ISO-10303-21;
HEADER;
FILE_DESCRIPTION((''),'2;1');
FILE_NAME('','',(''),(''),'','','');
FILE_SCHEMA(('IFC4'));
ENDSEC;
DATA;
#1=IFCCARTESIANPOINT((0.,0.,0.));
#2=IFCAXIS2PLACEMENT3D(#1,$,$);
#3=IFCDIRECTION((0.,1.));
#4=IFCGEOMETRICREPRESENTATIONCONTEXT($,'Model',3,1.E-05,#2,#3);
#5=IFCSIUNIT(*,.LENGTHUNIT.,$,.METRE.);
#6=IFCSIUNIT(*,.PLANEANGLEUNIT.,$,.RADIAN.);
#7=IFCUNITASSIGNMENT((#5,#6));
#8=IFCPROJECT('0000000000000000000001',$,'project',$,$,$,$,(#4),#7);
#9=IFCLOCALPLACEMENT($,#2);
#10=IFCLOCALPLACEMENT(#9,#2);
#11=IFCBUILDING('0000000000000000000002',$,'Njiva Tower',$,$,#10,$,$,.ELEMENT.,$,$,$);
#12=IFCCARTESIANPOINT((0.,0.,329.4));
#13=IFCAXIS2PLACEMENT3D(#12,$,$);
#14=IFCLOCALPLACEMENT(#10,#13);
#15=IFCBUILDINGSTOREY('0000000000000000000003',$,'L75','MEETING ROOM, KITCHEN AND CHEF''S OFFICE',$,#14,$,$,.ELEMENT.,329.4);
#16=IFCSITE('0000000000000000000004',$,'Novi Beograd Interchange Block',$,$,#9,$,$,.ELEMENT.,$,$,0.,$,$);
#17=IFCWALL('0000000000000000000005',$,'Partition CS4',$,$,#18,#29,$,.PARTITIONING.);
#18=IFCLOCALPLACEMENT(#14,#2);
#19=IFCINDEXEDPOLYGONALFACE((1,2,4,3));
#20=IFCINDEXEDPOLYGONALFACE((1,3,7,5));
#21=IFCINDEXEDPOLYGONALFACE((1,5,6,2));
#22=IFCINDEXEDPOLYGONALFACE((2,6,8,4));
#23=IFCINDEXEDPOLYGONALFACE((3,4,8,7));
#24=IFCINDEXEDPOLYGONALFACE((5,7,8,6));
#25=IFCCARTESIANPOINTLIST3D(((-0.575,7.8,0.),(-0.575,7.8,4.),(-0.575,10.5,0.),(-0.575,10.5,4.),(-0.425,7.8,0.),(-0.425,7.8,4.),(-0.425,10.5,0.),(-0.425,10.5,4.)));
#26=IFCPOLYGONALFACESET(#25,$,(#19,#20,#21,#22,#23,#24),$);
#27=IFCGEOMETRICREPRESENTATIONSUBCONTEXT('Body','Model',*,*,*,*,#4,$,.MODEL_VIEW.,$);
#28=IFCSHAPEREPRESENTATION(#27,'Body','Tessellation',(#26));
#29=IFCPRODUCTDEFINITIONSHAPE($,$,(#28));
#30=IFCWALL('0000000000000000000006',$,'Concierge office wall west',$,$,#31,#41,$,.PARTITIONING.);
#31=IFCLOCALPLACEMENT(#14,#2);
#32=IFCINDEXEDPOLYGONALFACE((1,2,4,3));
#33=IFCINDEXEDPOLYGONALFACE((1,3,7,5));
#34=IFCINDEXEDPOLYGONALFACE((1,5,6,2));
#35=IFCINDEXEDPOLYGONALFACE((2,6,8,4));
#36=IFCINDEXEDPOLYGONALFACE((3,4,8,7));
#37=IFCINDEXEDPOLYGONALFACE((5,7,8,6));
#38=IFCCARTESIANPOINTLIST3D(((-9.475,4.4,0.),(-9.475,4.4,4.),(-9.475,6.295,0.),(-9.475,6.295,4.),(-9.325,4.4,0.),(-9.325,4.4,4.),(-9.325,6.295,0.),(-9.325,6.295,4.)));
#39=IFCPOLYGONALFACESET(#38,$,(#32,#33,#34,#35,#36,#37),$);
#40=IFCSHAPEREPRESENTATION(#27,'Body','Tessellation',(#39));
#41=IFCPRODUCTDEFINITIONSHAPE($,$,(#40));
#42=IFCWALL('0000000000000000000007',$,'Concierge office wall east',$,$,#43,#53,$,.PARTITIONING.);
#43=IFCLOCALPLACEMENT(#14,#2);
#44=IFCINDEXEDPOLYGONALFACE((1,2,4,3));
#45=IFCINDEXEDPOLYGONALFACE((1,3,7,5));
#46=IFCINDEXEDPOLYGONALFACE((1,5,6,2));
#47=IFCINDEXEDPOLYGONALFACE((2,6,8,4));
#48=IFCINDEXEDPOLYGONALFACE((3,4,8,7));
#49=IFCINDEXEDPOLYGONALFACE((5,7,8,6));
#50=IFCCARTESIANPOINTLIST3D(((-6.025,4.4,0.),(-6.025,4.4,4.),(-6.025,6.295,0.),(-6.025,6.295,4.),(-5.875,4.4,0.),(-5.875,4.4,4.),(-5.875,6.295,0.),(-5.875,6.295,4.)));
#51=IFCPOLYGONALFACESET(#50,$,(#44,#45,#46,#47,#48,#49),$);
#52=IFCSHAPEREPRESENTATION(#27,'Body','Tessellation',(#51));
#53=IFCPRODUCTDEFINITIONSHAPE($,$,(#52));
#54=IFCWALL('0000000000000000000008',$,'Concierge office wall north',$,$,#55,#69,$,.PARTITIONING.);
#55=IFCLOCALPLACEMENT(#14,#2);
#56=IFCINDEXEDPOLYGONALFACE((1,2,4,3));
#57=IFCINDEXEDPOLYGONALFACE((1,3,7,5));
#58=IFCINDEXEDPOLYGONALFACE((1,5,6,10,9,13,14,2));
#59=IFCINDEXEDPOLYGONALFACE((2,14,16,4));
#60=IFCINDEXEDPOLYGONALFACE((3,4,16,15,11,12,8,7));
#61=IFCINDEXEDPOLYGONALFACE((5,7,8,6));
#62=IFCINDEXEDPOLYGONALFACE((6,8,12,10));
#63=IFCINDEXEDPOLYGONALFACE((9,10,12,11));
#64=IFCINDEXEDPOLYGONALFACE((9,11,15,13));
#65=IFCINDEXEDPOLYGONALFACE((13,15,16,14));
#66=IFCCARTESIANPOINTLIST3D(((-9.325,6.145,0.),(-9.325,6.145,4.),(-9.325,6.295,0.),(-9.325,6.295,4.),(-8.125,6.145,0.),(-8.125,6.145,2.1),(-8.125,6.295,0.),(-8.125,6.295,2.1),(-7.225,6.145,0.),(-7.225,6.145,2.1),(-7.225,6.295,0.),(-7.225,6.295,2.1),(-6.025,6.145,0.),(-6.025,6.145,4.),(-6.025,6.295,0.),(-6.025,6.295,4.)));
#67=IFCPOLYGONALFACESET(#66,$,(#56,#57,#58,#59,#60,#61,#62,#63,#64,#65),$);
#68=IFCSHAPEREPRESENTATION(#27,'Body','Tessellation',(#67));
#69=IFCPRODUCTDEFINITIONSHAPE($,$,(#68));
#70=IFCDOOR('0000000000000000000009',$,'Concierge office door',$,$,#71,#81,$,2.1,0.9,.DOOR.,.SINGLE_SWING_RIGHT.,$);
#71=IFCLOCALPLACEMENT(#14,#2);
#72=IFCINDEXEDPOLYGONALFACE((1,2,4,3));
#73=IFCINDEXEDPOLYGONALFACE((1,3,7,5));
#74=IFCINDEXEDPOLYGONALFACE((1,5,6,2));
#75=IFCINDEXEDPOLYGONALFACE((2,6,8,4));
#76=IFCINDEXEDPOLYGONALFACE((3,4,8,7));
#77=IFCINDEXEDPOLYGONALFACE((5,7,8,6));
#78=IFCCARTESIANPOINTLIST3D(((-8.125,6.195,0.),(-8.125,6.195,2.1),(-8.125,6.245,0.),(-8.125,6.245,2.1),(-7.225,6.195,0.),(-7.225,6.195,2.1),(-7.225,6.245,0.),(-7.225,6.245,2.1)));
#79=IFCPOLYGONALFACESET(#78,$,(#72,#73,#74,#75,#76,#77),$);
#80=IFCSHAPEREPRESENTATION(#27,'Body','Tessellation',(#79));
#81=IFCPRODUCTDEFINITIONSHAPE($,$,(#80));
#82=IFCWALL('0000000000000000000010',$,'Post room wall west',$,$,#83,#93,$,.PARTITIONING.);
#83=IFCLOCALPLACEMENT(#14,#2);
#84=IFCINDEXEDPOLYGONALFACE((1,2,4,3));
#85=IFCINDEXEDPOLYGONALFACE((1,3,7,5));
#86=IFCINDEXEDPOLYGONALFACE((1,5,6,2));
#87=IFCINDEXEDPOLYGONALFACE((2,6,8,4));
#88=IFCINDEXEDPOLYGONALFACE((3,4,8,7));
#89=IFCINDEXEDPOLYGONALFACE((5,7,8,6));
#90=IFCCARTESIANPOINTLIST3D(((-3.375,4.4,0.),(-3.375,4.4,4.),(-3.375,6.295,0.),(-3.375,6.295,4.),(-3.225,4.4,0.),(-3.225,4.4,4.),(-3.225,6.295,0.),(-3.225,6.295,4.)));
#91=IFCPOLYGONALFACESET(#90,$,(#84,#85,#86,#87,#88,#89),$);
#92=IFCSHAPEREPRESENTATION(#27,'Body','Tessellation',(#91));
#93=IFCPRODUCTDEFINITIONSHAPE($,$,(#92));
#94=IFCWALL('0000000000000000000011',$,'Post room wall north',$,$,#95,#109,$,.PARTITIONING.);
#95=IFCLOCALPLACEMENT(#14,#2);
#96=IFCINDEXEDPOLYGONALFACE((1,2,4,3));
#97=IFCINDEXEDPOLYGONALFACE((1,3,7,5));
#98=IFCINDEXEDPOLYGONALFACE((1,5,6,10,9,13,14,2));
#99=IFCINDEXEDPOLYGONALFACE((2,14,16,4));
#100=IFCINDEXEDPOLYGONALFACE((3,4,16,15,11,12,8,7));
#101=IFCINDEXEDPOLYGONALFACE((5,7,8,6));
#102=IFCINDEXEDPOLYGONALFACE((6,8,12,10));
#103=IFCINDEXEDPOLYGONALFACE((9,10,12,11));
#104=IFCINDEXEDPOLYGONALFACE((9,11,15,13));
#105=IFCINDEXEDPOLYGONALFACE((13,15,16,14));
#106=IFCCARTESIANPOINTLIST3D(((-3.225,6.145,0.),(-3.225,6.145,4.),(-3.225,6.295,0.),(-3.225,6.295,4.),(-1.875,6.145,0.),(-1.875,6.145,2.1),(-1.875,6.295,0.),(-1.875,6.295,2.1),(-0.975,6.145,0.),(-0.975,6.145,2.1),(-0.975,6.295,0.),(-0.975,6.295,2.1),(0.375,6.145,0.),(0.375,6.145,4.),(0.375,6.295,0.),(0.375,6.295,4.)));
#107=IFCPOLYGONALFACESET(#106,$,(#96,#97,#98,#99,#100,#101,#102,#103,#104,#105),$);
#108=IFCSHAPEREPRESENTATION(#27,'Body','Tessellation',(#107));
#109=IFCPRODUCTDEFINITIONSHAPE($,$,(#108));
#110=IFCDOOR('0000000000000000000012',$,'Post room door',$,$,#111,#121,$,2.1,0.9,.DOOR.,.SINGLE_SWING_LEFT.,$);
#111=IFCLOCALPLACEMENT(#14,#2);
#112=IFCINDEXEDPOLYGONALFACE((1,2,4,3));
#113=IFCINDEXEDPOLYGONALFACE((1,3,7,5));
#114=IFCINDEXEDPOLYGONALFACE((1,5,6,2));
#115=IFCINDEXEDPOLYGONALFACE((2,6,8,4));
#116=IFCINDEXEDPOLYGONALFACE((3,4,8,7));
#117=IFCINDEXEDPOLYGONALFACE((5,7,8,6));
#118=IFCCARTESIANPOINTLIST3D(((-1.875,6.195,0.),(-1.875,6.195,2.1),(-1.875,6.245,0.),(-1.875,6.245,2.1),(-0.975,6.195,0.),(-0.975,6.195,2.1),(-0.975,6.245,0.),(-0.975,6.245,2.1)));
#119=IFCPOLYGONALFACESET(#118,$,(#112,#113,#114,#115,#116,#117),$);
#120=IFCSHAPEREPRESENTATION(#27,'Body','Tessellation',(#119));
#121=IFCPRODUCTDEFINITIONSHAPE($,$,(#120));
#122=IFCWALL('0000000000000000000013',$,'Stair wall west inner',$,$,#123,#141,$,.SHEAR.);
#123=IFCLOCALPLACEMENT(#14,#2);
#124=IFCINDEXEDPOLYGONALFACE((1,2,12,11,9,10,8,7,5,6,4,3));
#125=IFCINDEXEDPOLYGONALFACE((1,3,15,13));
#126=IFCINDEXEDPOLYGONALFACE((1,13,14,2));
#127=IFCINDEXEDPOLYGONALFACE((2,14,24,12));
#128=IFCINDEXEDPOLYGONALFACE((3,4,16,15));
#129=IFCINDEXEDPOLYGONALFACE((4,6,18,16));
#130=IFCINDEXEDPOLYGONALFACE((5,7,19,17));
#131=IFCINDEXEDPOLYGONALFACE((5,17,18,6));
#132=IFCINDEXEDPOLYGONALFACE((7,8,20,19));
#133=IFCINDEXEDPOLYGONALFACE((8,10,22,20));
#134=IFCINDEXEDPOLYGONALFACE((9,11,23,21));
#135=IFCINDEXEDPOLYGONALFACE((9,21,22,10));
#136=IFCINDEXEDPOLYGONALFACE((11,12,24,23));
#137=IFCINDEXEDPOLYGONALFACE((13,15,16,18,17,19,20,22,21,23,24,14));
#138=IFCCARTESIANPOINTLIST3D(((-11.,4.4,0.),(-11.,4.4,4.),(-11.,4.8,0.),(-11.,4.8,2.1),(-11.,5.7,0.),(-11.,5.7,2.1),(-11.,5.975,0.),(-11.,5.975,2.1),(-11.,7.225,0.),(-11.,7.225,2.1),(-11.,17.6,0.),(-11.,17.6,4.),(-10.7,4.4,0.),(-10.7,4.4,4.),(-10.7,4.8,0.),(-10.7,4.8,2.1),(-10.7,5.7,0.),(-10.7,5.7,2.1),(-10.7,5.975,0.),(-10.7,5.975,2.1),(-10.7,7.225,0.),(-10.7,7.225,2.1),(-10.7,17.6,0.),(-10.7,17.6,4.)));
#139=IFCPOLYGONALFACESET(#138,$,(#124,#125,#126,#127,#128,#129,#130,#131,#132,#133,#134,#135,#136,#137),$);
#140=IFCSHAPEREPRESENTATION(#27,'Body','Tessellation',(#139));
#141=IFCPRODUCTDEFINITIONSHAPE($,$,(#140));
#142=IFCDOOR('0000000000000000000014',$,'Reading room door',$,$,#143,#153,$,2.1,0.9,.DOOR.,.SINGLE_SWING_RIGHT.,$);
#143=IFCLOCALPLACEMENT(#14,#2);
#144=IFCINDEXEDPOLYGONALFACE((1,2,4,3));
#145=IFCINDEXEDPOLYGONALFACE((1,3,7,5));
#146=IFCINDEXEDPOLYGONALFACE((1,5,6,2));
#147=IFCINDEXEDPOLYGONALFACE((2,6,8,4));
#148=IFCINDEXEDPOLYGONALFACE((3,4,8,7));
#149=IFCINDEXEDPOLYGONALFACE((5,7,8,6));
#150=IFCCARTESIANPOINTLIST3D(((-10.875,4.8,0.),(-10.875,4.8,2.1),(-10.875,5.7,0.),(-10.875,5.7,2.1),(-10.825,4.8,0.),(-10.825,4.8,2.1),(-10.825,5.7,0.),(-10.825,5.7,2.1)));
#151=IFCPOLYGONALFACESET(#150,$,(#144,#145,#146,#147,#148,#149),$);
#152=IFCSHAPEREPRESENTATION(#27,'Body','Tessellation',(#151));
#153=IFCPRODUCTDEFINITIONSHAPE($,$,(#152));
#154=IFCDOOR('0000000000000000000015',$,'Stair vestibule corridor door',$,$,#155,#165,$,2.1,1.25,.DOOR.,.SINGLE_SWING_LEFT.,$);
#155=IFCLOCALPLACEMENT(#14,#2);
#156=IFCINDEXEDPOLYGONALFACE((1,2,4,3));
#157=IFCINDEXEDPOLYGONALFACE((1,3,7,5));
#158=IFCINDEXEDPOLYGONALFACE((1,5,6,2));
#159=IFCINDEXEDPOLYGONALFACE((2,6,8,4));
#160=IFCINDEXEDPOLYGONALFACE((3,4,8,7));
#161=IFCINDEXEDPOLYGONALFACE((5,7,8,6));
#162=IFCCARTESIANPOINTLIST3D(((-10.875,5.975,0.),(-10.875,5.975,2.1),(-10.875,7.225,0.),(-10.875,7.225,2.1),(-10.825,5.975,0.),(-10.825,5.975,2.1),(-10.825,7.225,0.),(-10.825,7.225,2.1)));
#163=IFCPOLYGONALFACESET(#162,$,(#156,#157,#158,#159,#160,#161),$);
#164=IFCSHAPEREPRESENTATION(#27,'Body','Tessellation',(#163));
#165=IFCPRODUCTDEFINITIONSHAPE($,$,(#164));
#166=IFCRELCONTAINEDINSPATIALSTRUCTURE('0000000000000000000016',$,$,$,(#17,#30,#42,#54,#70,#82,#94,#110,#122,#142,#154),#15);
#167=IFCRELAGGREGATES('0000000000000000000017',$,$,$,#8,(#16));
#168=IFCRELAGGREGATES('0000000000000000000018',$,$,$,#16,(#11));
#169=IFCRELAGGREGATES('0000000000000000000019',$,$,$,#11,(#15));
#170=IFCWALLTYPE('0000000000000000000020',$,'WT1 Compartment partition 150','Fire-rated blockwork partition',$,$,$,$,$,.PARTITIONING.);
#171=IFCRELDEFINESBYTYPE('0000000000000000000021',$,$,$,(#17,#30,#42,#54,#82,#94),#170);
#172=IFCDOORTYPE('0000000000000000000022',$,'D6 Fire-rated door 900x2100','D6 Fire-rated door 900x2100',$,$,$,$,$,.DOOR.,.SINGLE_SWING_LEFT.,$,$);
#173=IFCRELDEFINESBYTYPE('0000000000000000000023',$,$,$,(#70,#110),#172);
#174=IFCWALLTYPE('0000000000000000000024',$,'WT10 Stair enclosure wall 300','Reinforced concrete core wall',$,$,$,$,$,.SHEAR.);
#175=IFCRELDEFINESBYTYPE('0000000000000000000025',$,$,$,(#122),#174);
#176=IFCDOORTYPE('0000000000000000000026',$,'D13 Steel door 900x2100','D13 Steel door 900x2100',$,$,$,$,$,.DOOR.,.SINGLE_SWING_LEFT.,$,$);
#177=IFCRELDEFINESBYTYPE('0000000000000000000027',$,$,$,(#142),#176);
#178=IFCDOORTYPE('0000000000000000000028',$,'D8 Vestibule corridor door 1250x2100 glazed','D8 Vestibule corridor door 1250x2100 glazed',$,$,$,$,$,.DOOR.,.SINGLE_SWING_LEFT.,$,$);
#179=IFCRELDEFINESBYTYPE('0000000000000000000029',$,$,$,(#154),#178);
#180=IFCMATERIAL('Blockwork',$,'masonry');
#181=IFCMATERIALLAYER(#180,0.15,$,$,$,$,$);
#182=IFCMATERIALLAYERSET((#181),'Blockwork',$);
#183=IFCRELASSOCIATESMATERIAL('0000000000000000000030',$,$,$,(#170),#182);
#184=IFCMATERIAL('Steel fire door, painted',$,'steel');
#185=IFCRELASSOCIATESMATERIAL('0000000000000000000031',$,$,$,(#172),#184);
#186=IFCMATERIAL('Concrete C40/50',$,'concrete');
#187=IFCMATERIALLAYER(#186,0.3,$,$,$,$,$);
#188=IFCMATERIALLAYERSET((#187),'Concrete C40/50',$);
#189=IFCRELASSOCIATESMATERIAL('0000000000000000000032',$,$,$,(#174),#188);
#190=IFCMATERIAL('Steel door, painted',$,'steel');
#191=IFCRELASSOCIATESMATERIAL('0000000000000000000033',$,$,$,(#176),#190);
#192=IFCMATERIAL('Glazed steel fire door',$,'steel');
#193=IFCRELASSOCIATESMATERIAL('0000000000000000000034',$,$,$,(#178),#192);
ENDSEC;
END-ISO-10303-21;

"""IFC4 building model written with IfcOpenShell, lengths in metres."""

from ifc_helpers import new_model, si_unit, direction, frame, frame_2d, origin, place, context, subcontext, project, spatial, rectangle, extrude, material, layer, layer_set, type_object, element, fill, save


model = new_model("IFC4")

# Units and contexts
model_context = context("Model", 3, precision=1e-05, world=origin(), true_north=direction((0.0, 1.0)))
body_context = subcontext(model_context, "Body", "Model", "MODEL_VIEW")
ifc_project = project(units=[si_unit("LENGTHUNIT", "METRE"), si_unit("PLANEANGLEUNIT", "RADIAN")], contexts=[model_context])

# Site, building, storey
site_placement = place(None, origin())
site = spatial("IfcSite", under=ifc_project, at=site_placement, Name="Novi Beograd Interchange Block", CompositionType="ELEMENT", RefElevation=0.0)
building_placement = place(site_placement, origin())
building = spatial("IfcBuilding", under=site, at=building_placement, Name="Njiva Tower", CompositionType="ELEMENT")
storey_placement = place(building_placement, frame((0.0, 0.0, 329.4)))
storey = spatial("IfcBuildingStorey", under=building, at=storey_placement, Name="L75", Description="MEETING ROOM, KITCHEN AND CHEF'S OFFICE", CompositionType="ELEMENT", Elevation=329.4)

# Walls
ifc_material_1 = material(Name="Blockwork", Category="masonry")
ifc_layer_1 = layer(ifc_material_1, 0.15)
ifc_layer_set_1 = layer_set([ifc_layer_1], Name="Blockwork")
wall_type_1 = type_object("IfcWallType", Name="WT1 Compartment partition 150", Description="Fire-rated blockwork partition", PredefinedType="PARTITIONING", material=ifc_layer_set_1)
wall_1_placement = place(storey_placement, frame((-0.5, 7.8, 0.0), z_axis=(0.0, 0.0, 1.0), x_axis=(0.0, 1.0, 0.0)))
element("IfcWall", 1, at=wall_1_placement, inside=storey, type_object=wall_type_1, Name="Partition CS4", PredefinedType="PARTITIONING", context=body_context, shape_type="SweptSolid", body=[
    extrude(rectangle(XDim=2.7, YDim=0.15, at=frame_2d((1.35, 0.0))), origin(), (0.0, 0.0, 1.0), 4.0),
])
for number, where, z_axis, x_axis, name in (
    (2, (-9.4, 4.4, 0.0), (0.0, 0.0, 1.0), (0.0, 1.0, 0.0), "Concierge office wall west"),
    (3, (-5.95, 4.4, 0.0), (0.0, 0.0, 1.0), (0.0, 1.0, 0.0), "Concierge office wall east"),
):
    element("IfcWall", number, at=place(storey_placement, frame(where, z_axis=z_axis, x_axis=x_axis)), inside=storey, type_object=wall_type_1, Name=name, PredefinedType="PARTITIONING", context=body_context, shape_type="SweptSolid", body=[
        extrude(rectangle(XDim=1.895, YDim=0.15, at=frame_2d((0.9475, 0.0))), origin(), (0.0, 0.0, 1.0), 4.0),
    ])

# Wall, opening, door
wall_2_placement = place(storey_placement, frame((-9.325, 6.22, 0.0), z_axis=(0.0, 0.0, 1.0), x_axis=(1.0, 0.0, 0.0)))
wall_2 = element("IfcWall", 4, at=wall_2_placement, inside=storey, type_object=wall_type_1, Name="Concierge office wall north", PredefinedType="PARTITIONING", context=body_context, shape_type="SweptSolid", body=[
    extrude(rectangle(XDim=3.3, YDim=0.15, at=frame_2d((1.65, 0.0))), origin(), (0.0, 0.0, 1.0), 4.0),
])
opening_1_placement = place(wall_2_placement, frame((1.2, 0.0, 0.0)))
opening_1 = element("IfcOpeningElement", 5, at=opening_1_placement, cuts=wall_2, PredefinedType="OPENING", context=body_context, shape_type="SweptSolid", body=[
    extrude(rectangle(XDim=0.9, YDim=2.1, at=frame_2d((0.45, 1.05))), frame((0.0, 0.085, 0.0), z_axis=(0.0, -1.0, 0.0), x_axis=(1.0, 0.0, 0.0)), (0.0, 0.0, 1.0), 0.17),
])
ifc_material_2 = material(Name="Steel fire door, painted", Category="steel")
door_type_1 = type_object("IfcDoorType", Name="D6 Fire-rated door 900x2100", Description="D6 Fire-rated door 900x2100", OperationType="SINGLE_SWING_LEFT", PredefinedType="DOOR", material=ifc_material_2)
door_1_placement = place(opening_1_placement, origin())
door_1 = element("IfcDoor", 6, at=door_1_placement, inside=storey, type_object=door_type_1, Name="Concierge office door", OperationType="SINGLE_SWING_RIGHT", OverallHeight=2.1, OverallWidth=0.9, PredefinedType="DOOR", context=body_context, shape_type="SweptSolid", body=[
    extrude(rectangle(XDim=0.9, YDim=2.1, at=frame_2d((0.45, 1.05))), frame((0.0, 0.025, 0.0), z_axis=(0.0, -1.0, 0.0), x_axis=(1.0, 0.0, 0.0)), (0.0, 0.0, 1.0), 0.05),
])
fill(opening_1, door_1)

# Wall
wall_3_placement = place(storey_placement, frame((-3.3, 4.4, 0.0), z_axis=(0.0, 0.0, 1.0), x_axis=(0.0, 1.0, 0.0)))
element("IfcWall", 7, at=wall_3_placement, inside=storey, type_object=wall_type_1, Name="Post room wall west", PredefinedType="PARTITIONING", context=body_context, shape_type="SweptSolid", body=[
    extrude(rectangle(XDim=1.895, YDim=0.15, at=frame_2d((0.9475, 0.0))), origin(), (0.0, 0.0, 1.0), 4.0),
])

# Wall, opening, door
wall_4_placement = place(storey_placement, frame((-3.225, 6.22, 0.0), z_axis=(0.0, 0.0, 1.0), x_axis=(1.0, 0.0, 0.0)))
wall_4 = element("IfcWall", 8, at=wall_4_placement, inside=storey, type_object=wall_type_1, Name="Post room wall north", PredefinedType="PARTITIONING", context=body_context, shape_type="SweptSolid", body=[
    extrude(rectangle(XDim=3.6, YDim=0.15, at=frame_2d((1.8, 0.0))), origin(), (0.0, 0.0, 1.0), 4.0),
])
opening_2_placement = place(wall_4_placement, frame((1.35, 0.0, 0.0)))
opening_2 = element("IfcOpeningElement", 9, at=opening_2_placement, cuts=wall_4, PredefinedType="OPENING", context=body_context, shape_type="SweptSolid", body=[
    extrude(rectangle(XDim=0.9, YDim=2.1, at=frame_2d((0.45, 1.05))), frame((0.0, 0.085, 0.0), z_axis=(0.0, -1.0, 0.0), x_axis=(1.0, 0.0, 0.0)), (0.0, 0.0, 1.0), 0.17),
])
door_2_placement = place(opening_2_placement, origin())
door_2 = element("IfcDoor", 10, at=door_2_placement, inside=storey, type_object=door_type_1, Name="Post room door", OperationType="SINGLE_SWING_LEFT", OverallHeight=2.1, OverallWidth=0.9, PredefinedType="DOOR", context=body_context, shape_type="SweptSolid", body=[
    extrude(rectangle(XDim=0.9, YDim=2.1, at=frame_2d((0.45, 1.05))), frame((0.0, 0.025, 0.0), z_axis=(0.0, -1.0, 0.0), x_axis=(1.0, 0.0, 0.0)), (0.0, 0.0, 1.0), 0.05),
])
fill(opening_2, door_2)

# Wall, openings, doors
ifc_material_3 = material(Name="Concrete C40/50", Category="concrete")
ifc_layer_2 = layer(ifc_material_3, 0.3)
ifc_layer_set_2 = layer_set([ifc_layer_2], Name="Concrete C40/50")
wall_type_2 = type_object("IfcWallType", Name="WT10 Stair enclosure wall 300", Description="Reinforced concrete core wall", PredefinedType="SHEAR", material=ifc_layer_set_2)
wall_5_placement = place(storey_placement, frame((-10.85, 4.4, 0.0), z_axis=(0.0, 0.0, 1.0), x_axis=(0.0, 1.0, 0.0)))
wall_5 = element("IfcWall", 11, at=wall_5_placement, inside=storey, type_object=wall_type_2, Name="Stair wall west inner", PredefinedType="SHEAR", context=body_context, shape_type="SweptSolid", body=[
    extrude(rectangle(XDim=13.2, YDim=0.3, at=frame_2d((6.6, 0.0))), origin(), (0.0, 0.0, 1.0), 4.0),
])
opening_3_placement = place(wall_5_placement, frame((1.575, 0.0, 0.0)))
opening_3 = element("IfcOpeningElement", 12, at=opening_3_placement, cuts=wall_5, PredefinedType="OPENING", context=body_context, shape_type="SweptSolid", body=[
    extrude(rectangle(XDim=1.25, YDim=2.1, at=frame_2d((0.625, 1.05))), frame((0.0, 0.16, 0.0), z_axis=(0.0, -1.0, 0.0), x_axis=(1.0, 0.0, 0.0)), (0.0, 0.0, 1.0), 0.32),
])
opening_4_placement = place(wall_5_placement, frame((0.4, 0.0, 0.0)))
opening_4 = element("IfcOpeningElement", 13, at=opening_4_placement, cuts=wall_5, PredefinedType="OPENING", context=body_context, shape_type="SweptSolid", body=[
    extrude(rectangle(XDim=0.9, YDim=2.1, at=frame_2d((0.45, 1.05))), frame((0.0, 0.16, 0.0), z_axis=(0.0, -1.0, 0.0), x_axis=(1.0, 0.0, 0.0)), (0.0, 0.0, 1.0), 0.32),
])
ifc_material_4 = material(Name="Steel door, painted", Category="steel")
door_type_2 = type_object("IfcDoorType", Name="D13 Steel door 900x2100", Description="D13 Steel door 900x2100", OperationType="SINGLE_SWING_LEFT", PredefinedType="DOOR", material=ifc_material_4)
door_3_placement = place(opening_4_placement, origin())
door_3 = element("IfcDoor", 14, at=door_3_placement, inside=storey, type_object=door_type_2, Name="Reading room door", OperationType="SINGLE_SWING_RIGHT", OverallHeight=2.1, OverallWidth=0.9, PredefinedType="DOOR", context=body_context, shape_type="SweptSolid", body=[
    extrude(rectangle(XDim=0.9, YDim=2.1, at=frame_2d((0.45, 1.05))), frame((0.0, 0.025, 0.0), z_axis=(0.0, -1.0, 0.0), x_axis=(1.0, 0.0, 0.0)), (0.0, 0.0, 1.0), 0.05),
])
fill(opening_4, door_3)
ifc_material_5 = material(Name="Glazed steel fire door", Category="steel")
door_type_3 = type_object("IfcDoorType", Name="D8 Vestibule corridor door 1250x2100 glazed", Description="D8 Vestibule corridor door 1250x2100 glazed", OperationType="SINGLE_SWING_LEFT", PredefinedType="DOOR", material=ifc_material_5)
door_4_placement = place(opening_3_placement, origin())
door_4 = element("IfcDoor", 15, at=door_4_placement, inside=storey, type_object=door_type_3, Name="Stair vestibule corridor door", OperationType="SINGLE_SWING_LEFT", OverallHeight=2.1, OverallWidth=1.25, PredefinedType="DOOR", context=body_context, shape_type="SweptSolid", body=[
    extrude(rectangle(XDim=1.25, YDim=2.1, at=frame_2d((0.625, 1.05))), frame((0.0, 0.025, 0.0), z_axis=(0.0, -1.0, 0.0), x_axis=(1.0, 0.0, 0.0)), (0.0, 0.0, 1.0), 0.05),
])
fill(opening_3, door_4)

save(model, "model.ifc")
